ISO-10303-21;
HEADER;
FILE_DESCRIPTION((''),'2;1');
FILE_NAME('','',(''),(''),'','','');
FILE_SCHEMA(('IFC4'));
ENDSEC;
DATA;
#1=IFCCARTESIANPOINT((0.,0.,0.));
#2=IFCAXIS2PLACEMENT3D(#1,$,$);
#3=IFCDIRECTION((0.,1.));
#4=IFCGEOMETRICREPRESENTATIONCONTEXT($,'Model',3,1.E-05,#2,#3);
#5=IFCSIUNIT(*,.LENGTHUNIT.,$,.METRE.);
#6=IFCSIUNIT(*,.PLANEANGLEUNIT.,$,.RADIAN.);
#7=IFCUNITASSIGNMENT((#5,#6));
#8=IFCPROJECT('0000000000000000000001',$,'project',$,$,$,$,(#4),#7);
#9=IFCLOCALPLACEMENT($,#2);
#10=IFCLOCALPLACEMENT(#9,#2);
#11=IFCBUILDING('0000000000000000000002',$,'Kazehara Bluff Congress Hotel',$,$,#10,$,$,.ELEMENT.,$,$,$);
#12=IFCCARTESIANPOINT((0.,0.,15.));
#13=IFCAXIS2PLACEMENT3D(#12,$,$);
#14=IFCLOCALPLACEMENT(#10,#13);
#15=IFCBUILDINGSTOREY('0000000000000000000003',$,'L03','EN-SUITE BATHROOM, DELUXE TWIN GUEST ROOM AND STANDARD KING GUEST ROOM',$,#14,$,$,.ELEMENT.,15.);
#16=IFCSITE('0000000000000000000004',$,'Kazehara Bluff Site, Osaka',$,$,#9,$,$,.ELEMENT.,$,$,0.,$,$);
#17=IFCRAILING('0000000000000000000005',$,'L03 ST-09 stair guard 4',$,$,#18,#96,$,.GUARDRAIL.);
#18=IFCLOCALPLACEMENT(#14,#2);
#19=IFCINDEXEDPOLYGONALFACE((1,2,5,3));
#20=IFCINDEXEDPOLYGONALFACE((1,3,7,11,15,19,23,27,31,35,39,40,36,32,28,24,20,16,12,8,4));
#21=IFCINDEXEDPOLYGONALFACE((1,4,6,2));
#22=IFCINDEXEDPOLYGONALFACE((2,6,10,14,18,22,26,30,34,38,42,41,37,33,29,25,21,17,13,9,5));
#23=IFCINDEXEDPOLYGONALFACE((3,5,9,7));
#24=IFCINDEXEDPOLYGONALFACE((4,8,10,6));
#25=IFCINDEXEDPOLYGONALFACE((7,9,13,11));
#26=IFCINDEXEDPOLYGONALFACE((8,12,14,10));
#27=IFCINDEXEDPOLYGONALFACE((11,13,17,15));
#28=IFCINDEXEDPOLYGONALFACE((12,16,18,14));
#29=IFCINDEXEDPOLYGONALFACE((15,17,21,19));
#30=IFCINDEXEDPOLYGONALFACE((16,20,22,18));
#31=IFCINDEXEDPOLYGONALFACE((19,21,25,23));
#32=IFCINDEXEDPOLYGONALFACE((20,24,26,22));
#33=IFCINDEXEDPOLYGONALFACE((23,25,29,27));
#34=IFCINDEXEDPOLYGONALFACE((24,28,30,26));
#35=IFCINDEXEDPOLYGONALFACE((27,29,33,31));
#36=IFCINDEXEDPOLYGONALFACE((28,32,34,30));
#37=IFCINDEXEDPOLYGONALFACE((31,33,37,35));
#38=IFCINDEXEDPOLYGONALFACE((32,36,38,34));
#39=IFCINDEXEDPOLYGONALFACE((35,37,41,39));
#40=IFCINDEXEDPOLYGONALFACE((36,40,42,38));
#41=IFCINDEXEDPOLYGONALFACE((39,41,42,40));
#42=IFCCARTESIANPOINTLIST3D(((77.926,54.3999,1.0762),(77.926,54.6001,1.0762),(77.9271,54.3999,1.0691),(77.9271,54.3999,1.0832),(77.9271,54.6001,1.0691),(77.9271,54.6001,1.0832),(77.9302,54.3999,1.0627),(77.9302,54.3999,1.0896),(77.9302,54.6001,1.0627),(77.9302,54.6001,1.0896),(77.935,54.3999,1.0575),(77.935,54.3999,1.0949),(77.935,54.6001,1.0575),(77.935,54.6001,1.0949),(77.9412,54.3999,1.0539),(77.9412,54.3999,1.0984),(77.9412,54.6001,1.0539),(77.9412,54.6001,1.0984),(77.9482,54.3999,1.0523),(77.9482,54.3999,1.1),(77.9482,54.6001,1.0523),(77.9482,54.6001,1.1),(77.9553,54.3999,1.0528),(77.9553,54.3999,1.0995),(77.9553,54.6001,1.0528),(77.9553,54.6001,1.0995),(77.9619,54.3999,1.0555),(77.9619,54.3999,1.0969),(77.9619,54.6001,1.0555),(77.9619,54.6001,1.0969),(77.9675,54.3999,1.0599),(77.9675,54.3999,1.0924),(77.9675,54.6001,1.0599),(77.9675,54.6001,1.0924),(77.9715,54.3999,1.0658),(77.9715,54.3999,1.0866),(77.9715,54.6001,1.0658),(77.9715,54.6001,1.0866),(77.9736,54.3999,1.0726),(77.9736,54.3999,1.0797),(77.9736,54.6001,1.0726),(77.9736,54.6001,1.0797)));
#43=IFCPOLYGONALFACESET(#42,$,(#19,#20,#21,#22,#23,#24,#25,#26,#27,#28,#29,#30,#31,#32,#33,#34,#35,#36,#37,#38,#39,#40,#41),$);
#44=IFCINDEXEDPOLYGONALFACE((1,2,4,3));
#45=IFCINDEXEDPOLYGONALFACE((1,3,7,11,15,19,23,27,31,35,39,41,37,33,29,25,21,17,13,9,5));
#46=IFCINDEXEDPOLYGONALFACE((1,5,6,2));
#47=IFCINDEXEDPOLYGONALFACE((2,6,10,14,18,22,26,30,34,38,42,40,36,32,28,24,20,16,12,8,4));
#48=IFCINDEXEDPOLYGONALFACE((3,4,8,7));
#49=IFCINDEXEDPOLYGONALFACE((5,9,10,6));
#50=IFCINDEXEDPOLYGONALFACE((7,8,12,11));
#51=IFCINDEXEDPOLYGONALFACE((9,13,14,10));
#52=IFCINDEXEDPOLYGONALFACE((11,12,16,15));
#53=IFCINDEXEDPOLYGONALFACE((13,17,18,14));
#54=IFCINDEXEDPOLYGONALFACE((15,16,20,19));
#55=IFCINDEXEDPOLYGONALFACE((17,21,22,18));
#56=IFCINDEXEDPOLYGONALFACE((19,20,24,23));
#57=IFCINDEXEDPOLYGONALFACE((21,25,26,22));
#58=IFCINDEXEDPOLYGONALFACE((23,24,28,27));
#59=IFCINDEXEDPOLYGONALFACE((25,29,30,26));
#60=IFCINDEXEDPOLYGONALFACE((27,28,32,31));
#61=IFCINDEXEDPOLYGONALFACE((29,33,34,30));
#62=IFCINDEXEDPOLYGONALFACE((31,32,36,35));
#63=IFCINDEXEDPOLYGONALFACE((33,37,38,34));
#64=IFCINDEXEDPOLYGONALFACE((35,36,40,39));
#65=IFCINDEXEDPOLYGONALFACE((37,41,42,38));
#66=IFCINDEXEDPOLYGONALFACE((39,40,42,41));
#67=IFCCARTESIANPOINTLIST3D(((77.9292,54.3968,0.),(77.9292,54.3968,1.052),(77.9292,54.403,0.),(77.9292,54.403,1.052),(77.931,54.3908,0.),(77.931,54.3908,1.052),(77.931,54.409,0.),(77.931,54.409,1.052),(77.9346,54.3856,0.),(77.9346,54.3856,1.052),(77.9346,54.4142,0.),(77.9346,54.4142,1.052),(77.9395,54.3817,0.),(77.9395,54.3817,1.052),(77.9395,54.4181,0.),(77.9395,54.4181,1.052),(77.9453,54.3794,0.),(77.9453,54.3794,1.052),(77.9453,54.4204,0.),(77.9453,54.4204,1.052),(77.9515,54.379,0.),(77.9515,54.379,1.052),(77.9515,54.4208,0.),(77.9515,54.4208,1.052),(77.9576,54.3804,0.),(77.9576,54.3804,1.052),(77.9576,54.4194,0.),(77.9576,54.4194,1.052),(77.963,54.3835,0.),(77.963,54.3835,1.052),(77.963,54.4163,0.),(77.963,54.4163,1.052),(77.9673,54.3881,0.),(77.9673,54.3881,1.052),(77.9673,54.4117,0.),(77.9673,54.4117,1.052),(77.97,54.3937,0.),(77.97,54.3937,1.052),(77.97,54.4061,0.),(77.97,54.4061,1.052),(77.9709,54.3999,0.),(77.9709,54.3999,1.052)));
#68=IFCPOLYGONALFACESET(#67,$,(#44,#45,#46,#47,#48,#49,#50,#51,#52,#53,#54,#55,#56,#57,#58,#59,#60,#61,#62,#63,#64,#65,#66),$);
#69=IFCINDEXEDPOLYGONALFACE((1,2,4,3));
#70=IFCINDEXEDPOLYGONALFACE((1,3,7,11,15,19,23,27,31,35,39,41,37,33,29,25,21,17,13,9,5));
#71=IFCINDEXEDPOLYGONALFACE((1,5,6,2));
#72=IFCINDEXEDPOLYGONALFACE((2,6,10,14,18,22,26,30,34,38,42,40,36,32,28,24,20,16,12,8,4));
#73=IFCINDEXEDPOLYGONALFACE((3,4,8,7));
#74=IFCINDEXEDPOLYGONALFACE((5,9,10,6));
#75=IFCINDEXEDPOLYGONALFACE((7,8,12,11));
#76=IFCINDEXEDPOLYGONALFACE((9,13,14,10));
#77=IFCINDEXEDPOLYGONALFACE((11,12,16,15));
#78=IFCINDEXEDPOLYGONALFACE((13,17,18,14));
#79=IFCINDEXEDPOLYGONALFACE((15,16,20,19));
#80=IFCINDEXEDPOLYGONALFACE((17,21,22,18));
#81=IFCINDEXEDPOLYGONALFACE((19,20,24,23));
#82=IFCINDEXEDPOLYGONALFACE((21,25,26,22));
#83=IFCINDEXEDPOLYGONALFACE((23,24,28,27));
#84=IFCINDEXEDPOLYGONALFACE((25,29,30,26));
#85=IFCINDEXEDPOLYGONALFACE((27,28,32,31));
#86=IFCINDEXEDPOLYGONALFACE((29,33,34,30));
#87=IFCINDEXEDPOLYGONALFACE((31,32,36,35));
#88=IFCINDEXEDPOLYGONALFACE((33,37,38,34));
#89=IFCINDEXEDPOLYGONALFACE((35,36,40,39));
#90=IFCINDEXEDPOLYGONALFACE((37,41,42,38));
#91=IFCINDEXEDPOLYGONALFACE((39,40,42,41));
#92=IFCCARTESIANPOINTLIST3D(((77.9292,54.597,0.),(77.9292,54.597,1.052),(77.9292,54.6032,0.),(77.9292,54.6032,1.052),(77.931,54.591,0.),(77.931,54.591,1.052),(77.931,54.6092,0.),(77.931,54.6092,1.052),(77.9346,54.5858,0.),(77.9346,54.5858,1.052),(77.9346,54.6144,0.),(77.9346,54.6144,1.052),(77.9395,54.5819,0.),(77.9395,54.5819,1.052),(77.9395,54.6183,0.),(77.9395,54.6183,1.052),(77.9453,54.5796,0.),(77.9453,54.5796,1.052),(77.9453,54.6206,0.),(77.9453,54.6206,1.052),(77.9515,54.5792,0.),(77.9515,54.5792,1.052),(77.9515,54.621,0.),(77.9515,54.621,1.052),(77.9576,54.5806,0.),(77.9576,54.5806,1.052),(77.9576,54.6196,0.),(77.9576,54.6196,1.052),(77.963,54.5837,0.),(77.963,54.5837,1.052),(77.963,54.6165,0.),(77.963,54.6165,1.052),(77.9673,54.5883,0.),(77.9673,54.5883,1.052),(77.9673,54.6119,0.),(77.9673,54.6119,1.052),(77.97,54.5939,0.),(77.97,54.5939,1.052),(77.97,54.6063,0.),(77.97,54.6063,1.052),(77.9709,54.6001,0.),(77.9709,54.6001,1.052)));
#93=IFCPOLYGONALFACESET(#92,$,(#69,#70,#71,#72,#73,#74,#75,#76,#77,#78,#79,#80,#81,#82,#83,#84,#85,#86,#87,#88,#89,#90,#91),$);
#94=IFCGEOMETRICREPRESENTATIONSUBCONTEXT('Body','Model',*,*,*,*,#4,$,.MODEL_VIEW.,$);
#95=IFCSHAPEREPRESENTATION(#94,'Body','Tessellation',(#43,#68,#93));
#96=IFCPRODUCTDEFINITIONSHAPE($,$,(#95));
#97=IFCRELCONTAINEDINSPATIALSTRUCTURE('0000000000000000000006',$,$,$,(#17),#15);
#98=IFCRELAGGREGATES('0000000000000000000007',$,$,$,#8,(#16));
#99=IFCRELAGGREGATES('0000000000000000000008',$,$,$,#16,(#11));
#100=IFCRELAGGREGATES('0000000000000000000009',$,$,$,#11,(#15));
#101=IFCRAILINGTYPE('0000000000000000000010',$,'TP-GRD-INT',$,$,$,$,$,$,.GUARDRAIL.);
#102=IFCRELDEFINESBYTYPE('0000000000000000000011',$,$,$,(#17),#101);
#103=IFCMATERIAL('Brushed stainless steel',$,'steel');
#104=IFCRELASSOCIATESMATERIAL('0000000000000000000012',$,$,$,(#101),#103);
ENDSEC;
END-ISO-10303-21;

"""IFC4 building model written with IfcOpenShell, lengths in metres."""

from ifc_helpers import new_model, si_unit, direction, frame, origin, origin_2d, place, context, subcontext, project, spatial, circle, extrude, material, type_object, element, save


model = new_model("IFC4")

# Units and contexts
model_context = context("Model", 3, precision=1e-05, world=origin(), true_north=direction((0.0, 1.0)))
body_context = subcontext(model_context, "Body", "Model", "MODEL_VIEW")
ifc_project = project(units=[si_unit("LENGTHUNIT", "METRE"), si_unit("PLANEANGLEUNIT", "RADIAN")], contexts=[model_context])

# Site, building, storey
site_placement = place(None, origin())
site = spatial("IfcSite", under=ifc_project, at=site_placement, Name="Kazehara Bluff Site, Osaka", CompositionType="ELEMENT", RefElevation=0.0)
building_placement = place(site_placement, origin())
building = spatial("IfcBuilding", under=site, at=building_placement, Name="Kazehara Bluff Congress Hotel", CompositionType="ELEMENT")
storey_placement = place(building_placement, frame((0.0, 0.0, 15.0)))
storey = spatial("IfcBuildingStorey", under=building, at=storey_placement, Name="L03", Description="EN-SUITE BATHROOM, DELUXE TWIN GUEST ROOM AND STANDARD KING GUEST ROOM", CompositionType="ELEMENT", Elevation=15.0)

# Railing
ifc_material_1 = material(Name="Brushed stainless steel", Category="steel")
railing_type_1 = type_object("IfcRailingType", Name="TP-GRD-INT", PredefinedType="GUARDRAIL", material=ifc_material_1)
railing_1_placement = place(storey_placement, frame((77.95, 54.3999, 0.0)))
element("IfcRailing", 1, at=railing_1_placement, inside=storey, type_object=railing_type_1, Name="L03 ST-09 stair guard 4", PredefinedType="GUARDRAIL", context=body_context, shape_type="SweptSolid", body=[
    extrude(circle(Radius=0.0239, at=origin_2d()), frame((0.0, 0.0, 1.0762), z_axis=(0.0, 1.0, 0.0), x_axis=(-1.0, 0.0, 0.0)), (0.0, 0.0, 1.0), 0.2002),
    extrude(circle(Radius=0.021, at=origin_2d()), origin(), (0.0, 0.0, 1.0), 1.052),
    extrude(circle(Radius=0.021, at=origin_2d()), frame((0.0, 0.2002, 0.0)), (0.0, 0.0, 1.0), 1.052),
])

save(model, "model.ifc")
